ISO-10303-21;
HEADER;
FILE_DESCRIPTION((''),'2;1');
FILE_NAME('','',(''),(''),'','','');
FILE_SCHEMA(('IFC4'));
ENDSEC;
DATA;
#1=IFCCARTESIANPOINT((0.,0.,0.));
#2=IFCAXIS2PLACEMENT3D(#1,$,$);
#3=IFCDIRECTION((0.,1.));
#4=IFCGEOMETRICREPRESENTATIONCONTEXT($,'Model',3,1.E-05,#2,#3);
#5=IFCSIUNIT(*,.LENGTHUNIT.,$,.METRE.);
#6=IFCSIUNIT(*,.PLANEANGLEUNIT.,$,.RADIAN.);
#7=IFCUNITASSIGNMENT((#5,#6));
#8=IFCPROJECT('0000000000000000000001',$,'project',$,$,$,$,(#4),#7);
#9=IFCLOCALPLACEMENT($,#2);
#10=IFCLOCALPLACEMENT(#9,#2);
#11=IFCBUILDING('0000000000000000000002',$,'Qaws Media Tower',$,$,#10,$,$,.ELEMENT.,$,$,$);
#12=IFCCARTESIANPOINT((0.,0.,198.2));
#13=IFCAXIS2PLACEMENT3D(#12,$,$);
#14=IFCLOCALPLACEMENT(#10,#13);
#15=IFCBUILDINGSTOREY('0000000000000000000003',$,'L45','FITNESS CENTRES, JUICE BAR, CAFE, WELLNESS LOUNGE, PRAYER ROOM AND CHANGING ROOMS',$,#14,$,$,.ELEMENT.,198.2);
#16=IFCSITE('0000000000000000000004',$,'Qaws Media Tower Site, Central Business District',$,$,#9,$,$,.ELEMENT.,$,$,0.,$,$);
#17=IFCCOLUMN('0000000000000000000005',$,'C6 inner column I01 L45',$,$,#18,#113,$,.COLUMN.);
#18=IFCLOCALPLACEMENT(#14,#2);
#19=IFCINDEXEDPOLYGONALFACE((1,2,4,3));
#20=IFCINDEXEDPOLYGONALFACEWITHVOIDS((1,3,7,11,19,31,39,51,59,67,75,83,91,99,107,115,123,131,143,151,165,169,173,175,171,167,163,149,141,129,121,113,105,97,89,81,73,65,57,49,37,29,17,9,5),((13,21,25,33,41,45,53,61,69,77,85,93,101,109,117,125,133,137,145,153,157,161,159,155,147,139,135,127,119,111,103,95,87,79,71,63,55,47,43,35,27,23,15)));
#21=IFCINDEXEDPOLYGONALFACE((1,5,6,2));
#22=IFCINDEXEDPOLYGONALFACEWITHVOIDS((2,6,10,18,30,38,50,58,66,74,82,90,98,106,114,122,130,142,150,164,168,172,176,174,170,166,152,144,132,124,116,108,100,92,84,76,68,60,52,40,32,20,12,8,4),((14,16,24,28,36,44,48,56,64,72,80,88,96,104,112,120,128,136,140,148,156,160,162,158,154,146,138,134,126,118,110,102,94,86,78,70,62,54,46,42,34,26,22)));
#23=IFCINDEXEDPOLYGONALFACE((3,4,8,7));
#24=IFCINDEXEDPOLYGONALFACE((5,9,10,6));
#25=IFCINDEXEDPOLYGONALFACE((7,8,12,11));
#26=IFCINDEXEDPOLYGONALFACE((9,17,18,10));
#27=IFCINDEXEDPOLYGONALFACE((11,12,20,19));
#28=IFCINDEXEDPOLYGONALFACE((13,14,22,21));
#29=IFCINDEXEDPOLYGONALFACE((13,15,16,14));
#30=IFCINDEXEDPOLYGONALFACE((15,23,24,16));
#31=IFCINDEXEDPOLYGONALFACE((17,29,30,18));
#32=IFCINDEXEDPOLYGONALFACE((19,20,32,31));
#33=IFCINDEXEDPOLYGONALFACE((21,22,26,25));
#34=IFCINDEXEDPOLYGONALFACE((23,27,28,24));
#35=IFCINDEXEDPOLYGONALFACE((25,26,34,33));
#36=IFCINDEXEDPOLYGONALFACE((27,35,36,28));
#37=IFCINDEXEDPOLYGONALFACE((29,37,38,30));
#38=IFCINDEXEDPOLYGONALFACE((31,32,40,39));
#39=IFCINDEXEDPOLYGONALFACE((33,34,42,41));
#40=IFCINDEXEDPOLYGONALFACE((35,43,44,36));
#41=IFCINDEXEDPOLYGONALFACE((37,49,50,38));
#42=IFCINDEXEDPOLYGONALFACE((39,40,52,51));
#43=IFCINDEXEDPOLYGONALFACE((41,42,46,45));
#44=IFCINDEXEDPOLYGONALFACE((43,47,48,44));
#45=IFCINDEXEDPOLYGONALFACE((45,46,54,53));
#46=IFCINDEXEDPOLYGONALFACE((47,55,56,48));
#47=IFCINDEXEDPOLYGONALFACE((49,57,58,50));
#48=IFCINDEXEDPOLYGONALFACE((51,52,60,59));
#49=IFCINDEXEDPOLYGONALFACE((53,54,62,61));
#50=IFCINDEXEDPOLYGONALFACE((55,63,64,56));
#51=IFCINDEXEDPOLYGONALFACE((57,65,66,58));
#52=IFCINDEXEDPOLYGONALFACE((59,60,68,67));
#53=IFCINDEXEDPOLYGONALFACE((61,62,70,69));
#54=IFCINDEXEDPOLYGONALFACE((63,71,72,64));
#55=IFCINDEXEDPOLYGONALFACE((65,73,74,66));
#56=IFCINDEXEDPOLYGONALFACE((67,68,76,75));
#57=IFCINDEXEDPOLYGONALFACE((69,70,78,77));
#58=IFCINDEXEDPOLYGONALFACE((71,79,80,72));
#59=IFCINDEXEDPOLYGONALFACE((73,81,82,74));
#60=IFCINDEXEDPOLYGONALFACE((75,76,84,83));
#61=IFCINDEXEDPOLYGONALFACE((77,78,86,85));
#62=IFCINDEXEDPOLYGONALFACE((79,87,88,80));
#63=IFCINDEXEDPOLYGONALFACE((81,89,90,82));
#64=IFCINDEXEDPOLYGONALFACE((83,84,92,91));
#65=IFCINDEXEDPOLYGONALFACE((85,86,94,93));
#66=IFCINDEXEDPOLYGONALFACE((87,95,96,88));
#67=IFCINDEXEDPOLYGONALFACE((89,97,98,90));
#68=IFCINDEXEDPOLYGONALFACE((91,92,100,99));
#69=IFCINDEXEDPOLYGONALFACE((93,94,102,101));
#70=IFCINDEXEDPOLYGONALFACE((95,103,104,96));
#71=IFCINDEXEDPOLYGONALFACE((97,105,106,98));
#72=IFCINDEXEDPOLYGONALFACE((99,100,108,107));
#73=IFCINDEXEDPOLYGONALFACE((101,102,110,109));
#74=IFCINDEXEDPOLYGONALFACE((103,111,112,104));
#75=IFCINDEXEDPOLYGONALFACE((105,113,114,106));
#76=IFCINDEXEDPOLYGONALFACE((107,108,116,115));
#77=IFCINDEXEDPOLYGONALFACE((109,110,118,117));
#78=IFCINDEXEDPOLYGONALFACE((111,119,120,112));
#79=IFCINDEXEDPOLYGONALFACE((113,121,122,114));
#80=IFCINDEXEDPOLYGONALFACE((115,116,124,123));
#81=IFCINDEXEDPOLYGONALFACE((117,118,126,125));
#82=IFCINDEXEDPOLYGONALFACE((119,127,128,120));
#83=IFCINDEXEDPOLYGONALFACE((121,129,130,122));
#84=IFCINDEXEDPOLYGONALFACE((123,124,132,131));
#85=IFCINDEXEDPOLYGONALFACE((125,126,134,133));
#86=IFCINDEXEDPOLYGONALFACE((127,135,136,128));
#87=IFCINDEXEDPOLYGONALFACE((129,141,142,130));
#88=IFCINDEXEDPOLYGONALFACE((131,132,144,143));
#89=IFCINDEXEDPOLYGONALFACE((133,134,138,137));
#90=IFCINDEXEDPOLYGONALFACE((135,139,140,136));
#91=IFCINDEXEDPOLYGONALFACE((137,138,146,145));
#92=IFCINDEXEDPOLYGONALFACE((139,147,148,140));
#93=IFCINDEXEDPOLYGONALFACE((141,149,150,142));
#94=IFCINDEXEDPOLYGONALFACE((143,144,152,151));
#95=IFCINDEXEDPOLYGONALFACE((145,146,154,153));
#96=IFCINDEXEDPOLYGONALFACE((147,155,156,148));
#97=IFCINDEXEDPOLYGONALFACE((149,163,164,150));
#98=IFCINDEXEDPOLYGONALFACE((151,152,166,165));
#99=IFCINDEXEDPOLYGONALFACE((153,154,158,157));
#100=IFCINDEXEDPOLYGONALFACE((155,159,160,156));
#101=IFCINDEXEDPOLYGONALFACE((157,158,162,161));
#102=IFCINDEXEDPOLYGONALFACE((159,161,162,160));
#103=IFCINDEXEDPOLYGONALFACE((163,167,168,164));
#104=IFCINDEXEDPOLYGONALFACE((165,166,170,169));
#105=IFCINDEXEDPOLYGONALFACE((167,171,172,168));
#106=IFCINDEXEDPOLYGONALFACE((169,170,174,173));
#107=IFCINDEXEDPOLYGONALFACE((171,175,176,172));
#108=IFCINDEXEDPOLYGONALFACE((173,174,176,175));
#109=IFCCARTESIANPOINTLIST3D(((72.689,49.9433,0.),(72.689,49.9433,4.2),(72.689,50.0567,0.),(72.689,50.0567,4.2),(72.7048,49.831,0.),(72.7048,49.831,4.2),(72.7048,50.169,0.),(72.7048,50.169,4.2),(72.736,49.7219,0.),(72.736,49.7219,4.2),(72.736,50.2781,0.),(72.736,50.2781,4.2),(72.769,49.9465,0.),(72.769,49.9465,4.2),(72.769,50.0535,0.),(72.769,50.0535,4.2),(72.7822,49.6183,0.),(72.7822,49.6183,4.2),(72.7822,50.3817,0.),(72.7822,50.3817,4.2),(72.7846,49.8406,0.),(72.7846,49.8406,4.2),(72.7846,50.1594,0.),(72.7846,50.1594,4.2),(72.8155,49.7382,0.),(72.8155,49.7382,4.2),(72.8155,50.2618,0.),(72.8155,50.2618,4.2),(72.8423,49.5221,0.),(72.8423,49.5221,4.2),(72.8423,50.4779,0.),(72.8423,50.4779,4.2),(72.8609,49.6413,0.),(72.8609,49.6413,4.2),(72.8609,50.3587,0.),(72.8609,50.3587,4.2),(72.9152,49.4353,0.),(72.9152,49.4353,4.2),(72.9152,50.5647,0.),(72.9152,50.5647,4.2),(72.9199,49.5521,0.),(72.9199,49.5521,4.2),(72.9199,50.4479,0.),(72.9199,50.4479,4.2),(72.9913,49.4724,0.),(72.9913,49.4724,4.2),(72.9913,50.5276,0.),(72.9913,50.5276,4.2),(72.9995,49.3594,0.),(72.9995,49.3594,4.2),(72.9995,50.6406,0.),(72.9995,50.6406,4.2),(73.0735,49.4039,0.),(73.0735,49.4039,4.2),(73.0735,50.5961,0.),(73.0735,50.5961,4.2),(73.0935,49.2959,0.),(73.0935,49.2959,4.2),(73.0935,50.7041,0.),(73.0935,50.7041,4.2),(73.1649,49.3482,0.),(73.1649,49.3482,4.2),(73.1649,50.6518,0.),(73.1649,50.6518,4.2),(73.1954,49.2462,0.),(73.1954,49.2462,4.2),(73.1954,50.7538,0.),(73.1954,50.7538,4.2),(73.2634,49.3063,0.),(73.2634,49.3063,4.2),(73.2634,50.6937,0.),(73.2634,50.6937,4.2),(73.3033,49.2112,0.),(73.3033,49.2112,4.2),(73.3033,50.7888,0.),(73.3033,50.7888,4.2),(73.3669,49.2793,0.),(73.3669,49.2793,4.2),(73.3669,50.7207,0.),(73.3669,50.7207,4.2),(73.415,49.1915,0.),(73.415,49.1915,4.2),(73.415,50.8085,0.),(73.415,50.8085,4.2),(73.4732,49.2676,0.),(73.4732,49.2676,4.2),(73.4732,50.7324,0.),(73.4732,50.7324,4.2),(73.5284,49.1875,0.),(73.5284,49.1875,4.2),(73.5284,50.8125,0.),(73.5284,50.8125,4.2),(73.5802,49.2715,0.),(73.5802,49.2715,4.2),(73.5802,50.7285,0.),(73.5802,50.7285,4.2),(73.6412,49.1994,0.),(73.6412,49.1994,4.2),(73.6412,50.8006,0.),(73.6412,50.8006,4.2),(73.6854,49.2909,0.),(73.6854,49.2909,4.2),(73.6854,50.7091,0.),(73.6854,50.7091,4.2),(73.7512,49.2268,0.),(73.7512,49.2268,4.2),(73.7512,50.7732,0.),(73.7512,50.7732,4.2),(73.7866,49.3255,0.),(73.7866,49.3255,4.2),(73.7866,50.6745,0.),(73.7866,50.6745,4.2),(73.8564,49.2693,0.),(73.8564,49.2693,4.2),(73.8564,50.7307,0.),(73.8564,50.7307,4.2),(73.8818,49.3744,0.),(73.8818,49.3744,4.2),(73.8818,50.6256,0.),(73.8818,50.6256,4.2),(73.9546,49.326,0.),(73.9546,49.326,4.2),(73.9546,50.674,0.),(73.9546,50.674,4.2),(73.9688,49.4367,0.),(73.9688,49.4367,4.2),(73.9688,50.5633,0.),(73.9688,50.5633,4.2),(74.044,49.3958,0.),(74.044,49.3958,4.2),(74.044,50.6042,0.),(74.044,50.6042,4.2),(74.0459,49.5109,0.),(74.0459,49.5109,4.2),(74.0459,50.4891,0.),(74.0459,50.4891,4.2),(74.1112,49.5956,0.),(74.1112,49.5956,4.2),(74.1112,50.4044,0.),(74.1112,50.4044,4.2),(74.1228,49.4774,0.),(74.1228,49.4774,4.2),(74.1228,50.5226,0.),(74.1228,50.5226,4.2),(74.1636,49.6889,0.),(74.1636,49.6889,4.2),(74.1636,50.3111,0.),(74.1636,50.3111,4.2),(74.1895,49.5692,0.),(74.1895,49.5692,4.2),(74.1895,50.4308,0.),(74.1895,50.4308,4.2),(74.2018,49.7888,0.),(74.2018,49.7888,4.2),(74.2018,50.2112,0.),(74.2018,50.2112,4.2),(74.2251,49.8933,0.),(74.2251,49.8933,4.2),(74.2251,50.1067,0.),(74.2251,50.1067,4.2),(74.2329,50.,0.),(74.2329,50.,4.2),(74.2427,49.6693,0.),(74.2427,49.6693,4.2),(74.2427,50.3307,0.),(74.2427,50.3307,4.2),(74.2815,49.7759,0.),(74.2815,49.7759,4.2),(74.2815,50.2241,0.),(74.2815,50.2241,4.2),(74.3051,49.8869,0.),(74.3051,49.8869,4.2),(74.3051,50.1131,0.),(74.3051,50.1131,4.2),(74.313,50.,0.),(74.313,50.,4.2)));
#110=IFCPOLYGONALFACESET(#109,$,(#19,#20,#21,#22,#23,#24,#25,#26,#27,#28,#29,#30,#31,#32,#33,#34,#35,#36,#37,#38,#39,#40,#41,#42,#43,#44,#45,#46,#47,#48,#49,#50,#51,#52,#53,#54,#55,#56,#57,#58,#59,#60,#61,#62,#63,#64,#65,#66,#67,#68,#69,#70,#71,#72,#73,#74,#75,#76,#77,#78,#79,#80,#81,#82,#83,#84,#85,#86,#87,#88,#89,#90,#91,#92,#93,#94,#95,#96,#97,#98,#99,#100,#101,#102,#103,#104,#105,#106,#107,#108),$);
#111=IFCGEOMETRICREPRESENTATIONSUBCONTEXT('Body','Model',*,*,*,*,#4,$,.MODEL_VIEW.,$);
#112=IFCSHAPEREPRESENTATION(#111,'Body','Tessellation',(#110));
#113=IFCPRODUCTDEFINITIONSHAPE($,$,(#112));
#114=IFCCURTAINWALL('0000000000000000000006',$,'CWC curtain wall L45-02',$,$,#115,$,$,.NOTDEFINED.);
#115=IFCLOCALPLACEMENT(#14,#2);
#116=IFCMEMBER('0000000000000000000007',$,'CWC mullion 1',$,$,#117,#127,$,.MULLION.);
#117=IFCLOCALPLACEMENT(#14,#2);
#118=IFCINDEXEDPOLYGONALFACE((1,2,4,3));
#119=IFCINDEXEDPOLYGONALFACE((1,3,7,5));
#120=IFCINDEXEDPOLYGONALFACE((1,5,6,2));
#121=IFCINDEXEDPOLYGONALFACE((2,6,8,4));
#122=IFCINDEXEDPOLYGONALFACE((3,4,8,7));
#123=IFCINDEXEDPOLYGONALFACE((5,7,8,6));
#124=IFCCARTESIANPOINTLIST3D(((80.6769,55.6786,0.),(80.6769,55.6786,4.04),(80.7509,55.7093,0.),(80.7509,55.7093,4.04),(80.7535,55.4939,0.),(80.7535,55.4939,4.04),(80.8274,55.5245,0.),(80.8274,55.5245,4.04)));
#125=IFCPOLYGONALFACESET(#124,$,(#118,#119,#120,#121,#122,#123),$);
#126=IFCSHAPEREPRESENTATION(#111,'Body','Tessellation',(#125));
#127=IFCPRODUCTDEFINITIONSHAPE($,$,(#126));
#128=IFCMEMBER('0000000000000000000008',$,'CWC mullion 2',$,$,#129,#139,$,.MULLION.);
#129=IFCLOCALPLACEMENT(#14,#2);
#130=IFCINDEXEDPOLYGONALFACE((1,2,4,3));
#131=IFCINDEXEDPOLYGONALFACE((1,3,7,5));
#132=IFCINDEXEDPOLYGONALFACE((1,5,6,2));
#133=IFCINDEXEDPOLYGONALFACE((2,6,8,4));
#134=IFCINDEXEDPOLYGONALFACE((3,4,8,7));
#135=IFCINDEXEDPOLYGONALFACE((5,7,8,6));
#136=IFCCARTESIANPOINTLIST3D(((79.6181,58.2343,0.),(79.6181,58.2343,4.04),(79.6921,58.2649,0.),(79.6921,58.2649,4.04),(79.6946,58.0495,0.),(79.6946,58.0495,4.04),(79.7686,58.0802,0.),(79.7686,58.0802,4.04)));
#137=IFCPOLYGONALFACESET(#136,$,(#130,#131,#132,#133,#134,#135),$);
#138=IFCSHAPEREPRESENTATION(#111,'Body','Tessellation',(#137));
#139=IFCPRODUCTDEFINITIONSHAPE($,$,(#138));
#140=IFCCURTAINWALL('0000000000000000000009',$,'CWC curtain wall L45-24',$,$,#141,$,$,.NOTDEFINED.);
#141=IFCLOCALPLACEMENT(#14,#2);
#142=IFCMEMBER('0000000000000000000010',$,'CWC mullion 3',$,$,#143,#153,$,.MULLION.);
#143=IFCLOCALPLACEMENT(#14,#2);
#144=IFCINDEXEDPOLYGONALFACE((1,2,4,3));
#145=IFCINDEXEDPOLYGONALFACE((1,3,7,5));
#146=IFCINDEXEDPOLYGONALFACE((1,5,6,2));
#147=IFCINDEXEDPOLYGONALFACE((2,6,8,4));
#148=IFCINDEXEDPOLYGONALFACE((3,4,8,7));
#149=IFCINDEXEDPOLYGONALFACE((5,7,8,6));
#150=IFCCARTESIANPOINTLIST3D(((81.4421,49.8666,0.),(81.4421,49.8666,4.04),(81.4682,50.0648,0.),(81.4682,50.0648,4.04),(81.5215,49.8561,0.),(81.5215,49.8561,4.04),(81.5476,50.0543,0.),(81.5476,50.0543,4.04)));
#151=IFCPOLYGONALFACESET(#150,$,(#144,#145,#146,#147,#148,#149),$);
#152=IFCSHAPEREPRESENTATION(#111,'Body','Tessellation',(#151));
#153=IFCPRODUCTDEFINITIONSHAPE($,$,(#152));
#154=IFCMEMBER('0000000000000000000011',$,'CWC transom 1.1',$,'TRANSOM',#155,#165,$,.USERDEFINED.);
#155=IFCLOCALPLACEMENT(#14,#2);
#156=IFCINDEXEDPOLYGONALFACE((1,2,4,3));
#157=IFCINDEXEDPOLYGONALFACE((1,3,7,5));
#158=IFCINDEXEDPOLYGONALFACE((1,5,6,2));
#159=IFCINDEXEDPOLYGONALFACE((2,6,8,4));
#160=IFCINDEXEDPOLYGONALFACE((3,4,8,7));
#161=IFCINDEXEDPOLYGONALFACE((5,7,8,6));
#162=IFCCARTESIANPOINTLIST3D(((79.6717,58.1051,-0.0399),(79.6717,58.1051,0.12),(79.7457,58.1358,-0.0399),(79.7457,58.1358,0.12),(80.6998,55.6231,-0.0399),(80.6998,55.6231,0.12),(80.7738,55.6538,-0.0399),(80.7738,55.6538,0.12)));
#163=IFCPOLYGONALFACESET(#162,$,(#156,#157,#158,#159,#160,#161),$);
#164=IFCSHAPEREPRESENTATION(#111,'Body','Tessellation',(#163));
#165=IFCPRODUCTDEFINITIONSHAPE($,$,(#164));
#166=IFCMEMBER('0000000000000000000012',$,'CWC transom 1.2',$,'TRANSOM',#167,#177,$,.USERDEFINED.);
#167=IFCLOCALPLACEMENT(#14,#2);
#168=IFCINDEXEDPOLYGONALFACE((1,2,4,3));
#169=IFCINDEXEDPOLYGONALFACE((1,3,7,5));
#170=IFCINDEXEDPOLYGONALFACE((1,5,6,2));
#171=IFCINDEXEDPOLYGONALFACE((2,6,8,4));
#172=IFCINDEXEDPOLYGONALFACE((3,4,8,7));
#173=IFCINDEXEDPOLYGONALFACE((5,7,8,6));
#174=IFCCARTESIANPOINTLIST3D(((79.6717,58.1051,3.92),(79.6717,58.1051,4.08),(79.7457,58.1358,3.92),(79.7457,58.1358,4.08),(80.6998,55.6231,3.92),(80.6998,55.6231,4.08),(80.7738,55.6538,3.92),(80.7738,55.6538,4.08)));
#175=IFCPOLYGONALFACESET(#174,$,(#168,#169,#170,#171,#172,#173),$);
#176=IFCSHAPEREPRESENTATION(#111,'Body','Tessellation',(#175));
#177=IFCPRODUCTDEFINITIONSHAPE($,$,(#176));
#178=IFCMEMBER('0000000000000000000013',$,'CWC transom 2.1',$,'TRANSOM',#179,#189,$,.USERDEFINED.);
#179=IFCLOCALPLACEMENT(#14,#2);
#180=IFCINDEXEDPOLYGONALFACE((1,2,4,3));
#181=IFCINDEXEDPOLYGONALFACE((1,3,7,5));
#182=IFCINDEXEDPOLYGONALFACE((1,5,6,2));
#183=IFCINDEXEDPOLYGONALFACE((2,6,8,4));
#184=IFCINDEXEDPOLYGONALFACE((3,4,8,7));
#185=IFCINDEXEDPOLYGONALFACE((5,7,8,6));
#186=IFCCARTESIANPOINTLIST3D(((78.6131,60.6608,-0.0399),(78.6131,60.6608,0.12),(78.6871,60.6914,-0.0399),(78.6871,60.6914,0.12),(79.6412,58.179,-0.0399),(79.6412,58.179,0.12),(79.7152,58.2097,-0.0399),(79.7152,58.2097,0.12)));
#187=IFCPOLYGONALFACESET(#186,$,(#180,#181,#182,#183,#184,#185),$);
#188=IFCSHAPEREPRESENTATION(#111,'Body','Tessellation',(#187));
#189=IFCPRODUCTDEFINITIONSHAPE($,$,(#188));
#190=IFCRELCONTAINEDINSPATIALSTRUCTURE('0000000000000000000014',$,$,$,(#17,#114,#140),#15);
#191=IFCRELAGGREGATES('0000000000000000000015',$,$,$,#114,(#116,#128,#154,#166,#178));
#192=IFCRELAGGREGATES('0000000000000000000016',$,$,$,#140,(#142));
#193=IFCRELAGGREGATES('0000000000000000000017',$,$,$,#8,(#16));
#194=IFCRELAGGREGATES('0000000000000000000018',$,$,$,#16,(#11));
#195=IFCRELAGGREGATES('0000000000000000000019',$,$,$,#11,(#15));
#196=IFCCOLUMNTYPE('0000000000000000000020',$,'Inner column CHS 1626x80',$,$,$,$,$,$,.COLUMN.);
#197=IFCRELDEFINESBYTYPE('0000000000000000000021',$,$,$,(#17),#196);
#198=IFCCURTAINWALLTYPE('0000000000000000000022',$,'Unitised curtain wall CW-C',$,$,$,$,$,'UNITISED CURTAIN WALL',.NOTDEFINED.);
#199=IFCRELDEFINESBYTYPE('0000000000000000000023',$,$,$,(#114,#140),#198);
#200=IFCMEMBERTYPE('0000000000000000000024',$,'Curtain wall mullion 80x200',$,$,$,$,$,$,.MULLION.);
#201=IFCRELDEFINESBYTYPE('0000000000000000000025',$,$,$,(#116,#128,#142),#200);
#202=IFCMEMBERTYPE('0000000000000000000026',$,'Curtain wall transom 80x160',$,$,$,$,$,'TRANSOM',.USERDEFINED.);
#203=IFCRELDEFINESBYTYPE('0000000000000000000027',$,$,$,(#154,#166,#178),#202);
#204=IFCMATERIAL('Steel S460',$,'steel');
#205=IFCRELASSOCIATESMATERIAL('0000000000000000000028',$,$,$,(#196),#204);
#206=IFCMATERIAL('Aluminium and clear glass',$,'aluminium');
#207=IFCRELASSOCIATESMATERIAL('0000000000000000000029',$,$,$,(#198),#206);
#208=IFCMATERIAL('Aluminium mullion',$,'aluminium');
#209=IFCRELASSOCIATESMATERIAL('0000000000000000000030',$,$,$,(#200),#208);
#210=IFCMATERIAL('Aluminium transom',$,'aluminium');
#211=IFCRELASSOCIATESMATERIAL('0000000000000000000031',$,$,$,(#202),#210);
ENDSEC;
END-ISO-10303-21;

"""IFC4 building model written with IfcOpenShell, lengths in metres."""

from ifc_helpers import new_model, si_unit, direction, frame, origin, origin_2d, place, context, subcontext, project, spatial, rectangle, hollow_circle, extrude, material, material_profile, profile_set, type_object, element, aggregate, save


model = new_model("IFC4")

# Units and contexts
model_context = context("Model", 3, precision=1e-05, world=origin(), true_north=direction((0.0, 1.0)))
body_context = subcontext(model_context, "Body", "Model", "MODEL_VIEW")
ifc_project = project(units=[si_unit("LENGTHUNIT", "METRE"), si_unit("PLANEANGLEUNIT", "RADIAN")], contexts=[model_context])

# Site, building, storey
site_placement = place(None, origin())
site = spatial("IfcSite", under=ifc_project, at=site_placement, Name="Qaws Media Tower Site, Central Business District", CompositionType="ELEMENT", RefElevation=0.0)
building_placement = place(site_placement, origin())
building = spatial("IfcBuilding", under=site, at=building_placement, Name="Qaws Media Tower", CompositionType="ELEMENT")
storey_placement = place(building_placement, frame((0.0, 0.0, 198.2)))
storey = spatial("IfcBuildingStorey", under=building, at=storey_placement, Name="L45", Description="FITNESS CENTRES, JUICE BAR, CAFE, WELLNESS LOUNGE, PRAYER ROOM AND CHANGING ROOMS", CompositionType="ELEMENT", Elevation=198.2)

# Column
ifc_material_1 = material(Name="Steel S460", Category="steel")
ifc_material_profile_1 = material_profile(ifc_material_1, hollow_circle(Radius=0.813, WallThickness=0.0801, at=origin_2d()), Name="CHS 1626x80")
ifc_profile_set_1 = profile_set([ifc_material_profile_1], Name="Steel S460")
column_type = type_object("IfcColumnType", Name="Inner column CHS 1626x80", PredefinedType="COLUMN", material=ifc_profile_set_1)
column_placement = place(storey_placement, frame((73.5, 50.0, 0.0), z_axis=(0.0, 0.0, 1.0), x_axis=(1.0, 0.0, 0.0)))
element("IfcColumn", 1, at=column_placement, inside=storey, type_object=column_type, Name="C6 inner column I01 L45", PredefinedType="COLUMN", context=body_context, shape_type="SweptSolid", body=[
    extrude(hollow_circle(Radius=0.813, WallThickness=0.0801, at=origin_2d()), origin(), (0.0, 0.0, 1.0), 4.2),
])

# Curtain wall, members
ifc_material_2 = material(Name="Aluminium and clear glass", Category="aluminium")
curtain_wall_type = type_object("IfcCurtainWallType", Name="Unitised curtain wall CW-C", ElementType="UNITISED CURTAIN WALL", PredefinedType="NOTDEFINED", material=ifc_material_2)
curtain_wall_1_placement = place(storey_placement, origin())
curtain_wall_1 = element("IfcCurtainWall", 2, at=curtain_wall_1_placement, inside=storey, type_object=curtain_wall_type, Name="CWC curtain wall L45-02", PredefinedType="NOTDEFINED")
ifc_material_3 = material(Name="Aluminium mullion", Category="aluminium")
ifc_material_profile_2 = material_profile(ifc_material_3, rectangle(XDim=0.0801, YDim=0.2, at=origin_2d()), Name="80x200")
ifc_profile_set_2 = profile_set([ifc_material_profile_2], Name="Aluminium mullion")
member_type_1 = type_object("IfcMemberType", Name="Curtain wall mullion 80x200", PredefinedType="MULLION", material=ifc_profile_set_2)
member_1_placement = place(storey_placement, frame((80.7522, 55.6016, 0.0), z_axis=(0.0, 0.0, 1.0), x_axis=(-0.92388, -0.382683, 0.0)))
member_1 = element("IfcMember", 3, at=member_1_placement, type_object=member_type_1, Name="CWC mullion 1", PredefinedType="MULLION", context=body_context, shape_type="SweptSolid", body=[
    extrude(rectangle(XDim=0.0801, YDim=0.2, at=origin_2d()), origin(), (0.0, 0.0, 1.0), 4.04),
])
member_2_placement = place(storey_placement, frame((79.6934, 58.1572, 0.0), z_axis=(0.0, 0.0, 1.0), x_axis=(-0.92388, -0.382683, 0.0)))
member_2 = element("IfcMember", 4, at=member_2_placement, type_object=member_type_1, Name="CWC mullion 2", PredefinedType="MULLION", context=body_context, shape_type="SweptSolid", body=[
    extrude(rectangle(XDim=0.0801, YDim=0.2, at=origin_2d()), origin(), (0.0, 0.0, 1.0), 4.04),
])

# Curtain wall, member
curtain_wall_2_placement = place(storey_placement, origin())
curtain_wall_2 = element("IfcCurtainWall", 5, at=curtain_wall_2_placement, inside=storey, type_object=curtain_wall_type, Name="CWC curtain wall L45-24", PredefinedType="NOTDEFINED")
member_3_placement = place(storey_placement, frame((81.4949, 49.9604, 0.0), z_axis=(0.0, 0.0, 1.0), x_axis=(-0.991445, 0.130526, 0.0)))
member_3 = element("IfcMember", 6, at=member_3_placement, type_object=member_type_1, Name="CWC mullion 3", PredefinedType="MULLION", context=body_context, shape_type="SweptSolid", body=[
    extrude(rectangle(XDim=0.0801, YDim=0.2, at=origin_2d()), origin(), (0.0, 0.0, 1.0), 4.04),
])

# Members
ifc_material_4 = material(Name="Aluminium transom", Category="aluminium")
ifc_material_profile_3 = material_profile(ifc_material_4, rectangle(XDim=0.0801, YDim=0.1599, at=origin_2d()), Name="80x160")
ifc_profile_set_3 = profile_set([ifc_material_profile_3], Name="Aluminium transom")
member_type_2 = type_object("IfcMemberType", Name="Curtain wall transom 80x160", ElementType="TRANSOM", PredefinedType="USERDEFINED", material=ifc_profile_set_3)
member_4_placement = place(storey_placement, frame((80.7368, 55.6384, 0.04), z_axis=(-0.382692, 0.923876, 0.0), x_axis=(-0.923876, -0.382692, 0.0)))
member_4 = element("IfcMember", 7, at=member_4_placement, type_object=member_type_2, Name="CWC transom 1.1", ObjectType="TRANSOM", PredefinedType="USERDEFINED", context=body_context, shape_type="SweptSolid", body=[
    extrude(rectangle(XDim=0.0801, YDim=0.1599, at=origin_2d()), origin(), (0.0, 0.0, 1.0), 2.6865),
])
member_5_placement = place(storey_placement, frame((80.7368, 55.6384, 4.0), z_axis=(-0.382692, 0.923876, 0.0), x_axis=(-0.923876, -0.382692, 0.0)))
member_5 = element("IfcMember", 8, at=member_5_placement, type_object=member_type_2, Name="CWC transom 1.2", ObjectType="TRANSOM", PredefinedType="USERDEFINED", context=body_context, shape_type="SweptSolid", body=[
    extrude(rectangle(XDim=0.0801, YDim=0.1599, at=origin_2d()), origin(), (0.0, 0.0, 1.0), 2.6865),
])
member_6_placement = place(storey_placement, frame((79.6782, 58.1943, 0.04), z_axis=(-0.382724, 0.923863, 0.0), x_axis=(-0.923863, -0.382724, 0.0)))
member_6 = element("IfcMember", 9, at=member_6_placement, type_object=member_type_2, Name="CWC transom 2.1", ObjectType="TRANSOM", PredefinedType="USERDEFINED", context=body_context, shape_type="SweptSolid", body=[
    extrude(rectangle(XDim=0.0801, YDim=0.1599, at=origin_2d()), origin(), (0.0, 0.0, 1.0), 2.6863),
])

aggregate(curtain_wall_1, [member_1, member_2, member_4, member_5, member_6])
aggregate(curtain_wall_2, [member_3])

save(model, "model.ifc")
